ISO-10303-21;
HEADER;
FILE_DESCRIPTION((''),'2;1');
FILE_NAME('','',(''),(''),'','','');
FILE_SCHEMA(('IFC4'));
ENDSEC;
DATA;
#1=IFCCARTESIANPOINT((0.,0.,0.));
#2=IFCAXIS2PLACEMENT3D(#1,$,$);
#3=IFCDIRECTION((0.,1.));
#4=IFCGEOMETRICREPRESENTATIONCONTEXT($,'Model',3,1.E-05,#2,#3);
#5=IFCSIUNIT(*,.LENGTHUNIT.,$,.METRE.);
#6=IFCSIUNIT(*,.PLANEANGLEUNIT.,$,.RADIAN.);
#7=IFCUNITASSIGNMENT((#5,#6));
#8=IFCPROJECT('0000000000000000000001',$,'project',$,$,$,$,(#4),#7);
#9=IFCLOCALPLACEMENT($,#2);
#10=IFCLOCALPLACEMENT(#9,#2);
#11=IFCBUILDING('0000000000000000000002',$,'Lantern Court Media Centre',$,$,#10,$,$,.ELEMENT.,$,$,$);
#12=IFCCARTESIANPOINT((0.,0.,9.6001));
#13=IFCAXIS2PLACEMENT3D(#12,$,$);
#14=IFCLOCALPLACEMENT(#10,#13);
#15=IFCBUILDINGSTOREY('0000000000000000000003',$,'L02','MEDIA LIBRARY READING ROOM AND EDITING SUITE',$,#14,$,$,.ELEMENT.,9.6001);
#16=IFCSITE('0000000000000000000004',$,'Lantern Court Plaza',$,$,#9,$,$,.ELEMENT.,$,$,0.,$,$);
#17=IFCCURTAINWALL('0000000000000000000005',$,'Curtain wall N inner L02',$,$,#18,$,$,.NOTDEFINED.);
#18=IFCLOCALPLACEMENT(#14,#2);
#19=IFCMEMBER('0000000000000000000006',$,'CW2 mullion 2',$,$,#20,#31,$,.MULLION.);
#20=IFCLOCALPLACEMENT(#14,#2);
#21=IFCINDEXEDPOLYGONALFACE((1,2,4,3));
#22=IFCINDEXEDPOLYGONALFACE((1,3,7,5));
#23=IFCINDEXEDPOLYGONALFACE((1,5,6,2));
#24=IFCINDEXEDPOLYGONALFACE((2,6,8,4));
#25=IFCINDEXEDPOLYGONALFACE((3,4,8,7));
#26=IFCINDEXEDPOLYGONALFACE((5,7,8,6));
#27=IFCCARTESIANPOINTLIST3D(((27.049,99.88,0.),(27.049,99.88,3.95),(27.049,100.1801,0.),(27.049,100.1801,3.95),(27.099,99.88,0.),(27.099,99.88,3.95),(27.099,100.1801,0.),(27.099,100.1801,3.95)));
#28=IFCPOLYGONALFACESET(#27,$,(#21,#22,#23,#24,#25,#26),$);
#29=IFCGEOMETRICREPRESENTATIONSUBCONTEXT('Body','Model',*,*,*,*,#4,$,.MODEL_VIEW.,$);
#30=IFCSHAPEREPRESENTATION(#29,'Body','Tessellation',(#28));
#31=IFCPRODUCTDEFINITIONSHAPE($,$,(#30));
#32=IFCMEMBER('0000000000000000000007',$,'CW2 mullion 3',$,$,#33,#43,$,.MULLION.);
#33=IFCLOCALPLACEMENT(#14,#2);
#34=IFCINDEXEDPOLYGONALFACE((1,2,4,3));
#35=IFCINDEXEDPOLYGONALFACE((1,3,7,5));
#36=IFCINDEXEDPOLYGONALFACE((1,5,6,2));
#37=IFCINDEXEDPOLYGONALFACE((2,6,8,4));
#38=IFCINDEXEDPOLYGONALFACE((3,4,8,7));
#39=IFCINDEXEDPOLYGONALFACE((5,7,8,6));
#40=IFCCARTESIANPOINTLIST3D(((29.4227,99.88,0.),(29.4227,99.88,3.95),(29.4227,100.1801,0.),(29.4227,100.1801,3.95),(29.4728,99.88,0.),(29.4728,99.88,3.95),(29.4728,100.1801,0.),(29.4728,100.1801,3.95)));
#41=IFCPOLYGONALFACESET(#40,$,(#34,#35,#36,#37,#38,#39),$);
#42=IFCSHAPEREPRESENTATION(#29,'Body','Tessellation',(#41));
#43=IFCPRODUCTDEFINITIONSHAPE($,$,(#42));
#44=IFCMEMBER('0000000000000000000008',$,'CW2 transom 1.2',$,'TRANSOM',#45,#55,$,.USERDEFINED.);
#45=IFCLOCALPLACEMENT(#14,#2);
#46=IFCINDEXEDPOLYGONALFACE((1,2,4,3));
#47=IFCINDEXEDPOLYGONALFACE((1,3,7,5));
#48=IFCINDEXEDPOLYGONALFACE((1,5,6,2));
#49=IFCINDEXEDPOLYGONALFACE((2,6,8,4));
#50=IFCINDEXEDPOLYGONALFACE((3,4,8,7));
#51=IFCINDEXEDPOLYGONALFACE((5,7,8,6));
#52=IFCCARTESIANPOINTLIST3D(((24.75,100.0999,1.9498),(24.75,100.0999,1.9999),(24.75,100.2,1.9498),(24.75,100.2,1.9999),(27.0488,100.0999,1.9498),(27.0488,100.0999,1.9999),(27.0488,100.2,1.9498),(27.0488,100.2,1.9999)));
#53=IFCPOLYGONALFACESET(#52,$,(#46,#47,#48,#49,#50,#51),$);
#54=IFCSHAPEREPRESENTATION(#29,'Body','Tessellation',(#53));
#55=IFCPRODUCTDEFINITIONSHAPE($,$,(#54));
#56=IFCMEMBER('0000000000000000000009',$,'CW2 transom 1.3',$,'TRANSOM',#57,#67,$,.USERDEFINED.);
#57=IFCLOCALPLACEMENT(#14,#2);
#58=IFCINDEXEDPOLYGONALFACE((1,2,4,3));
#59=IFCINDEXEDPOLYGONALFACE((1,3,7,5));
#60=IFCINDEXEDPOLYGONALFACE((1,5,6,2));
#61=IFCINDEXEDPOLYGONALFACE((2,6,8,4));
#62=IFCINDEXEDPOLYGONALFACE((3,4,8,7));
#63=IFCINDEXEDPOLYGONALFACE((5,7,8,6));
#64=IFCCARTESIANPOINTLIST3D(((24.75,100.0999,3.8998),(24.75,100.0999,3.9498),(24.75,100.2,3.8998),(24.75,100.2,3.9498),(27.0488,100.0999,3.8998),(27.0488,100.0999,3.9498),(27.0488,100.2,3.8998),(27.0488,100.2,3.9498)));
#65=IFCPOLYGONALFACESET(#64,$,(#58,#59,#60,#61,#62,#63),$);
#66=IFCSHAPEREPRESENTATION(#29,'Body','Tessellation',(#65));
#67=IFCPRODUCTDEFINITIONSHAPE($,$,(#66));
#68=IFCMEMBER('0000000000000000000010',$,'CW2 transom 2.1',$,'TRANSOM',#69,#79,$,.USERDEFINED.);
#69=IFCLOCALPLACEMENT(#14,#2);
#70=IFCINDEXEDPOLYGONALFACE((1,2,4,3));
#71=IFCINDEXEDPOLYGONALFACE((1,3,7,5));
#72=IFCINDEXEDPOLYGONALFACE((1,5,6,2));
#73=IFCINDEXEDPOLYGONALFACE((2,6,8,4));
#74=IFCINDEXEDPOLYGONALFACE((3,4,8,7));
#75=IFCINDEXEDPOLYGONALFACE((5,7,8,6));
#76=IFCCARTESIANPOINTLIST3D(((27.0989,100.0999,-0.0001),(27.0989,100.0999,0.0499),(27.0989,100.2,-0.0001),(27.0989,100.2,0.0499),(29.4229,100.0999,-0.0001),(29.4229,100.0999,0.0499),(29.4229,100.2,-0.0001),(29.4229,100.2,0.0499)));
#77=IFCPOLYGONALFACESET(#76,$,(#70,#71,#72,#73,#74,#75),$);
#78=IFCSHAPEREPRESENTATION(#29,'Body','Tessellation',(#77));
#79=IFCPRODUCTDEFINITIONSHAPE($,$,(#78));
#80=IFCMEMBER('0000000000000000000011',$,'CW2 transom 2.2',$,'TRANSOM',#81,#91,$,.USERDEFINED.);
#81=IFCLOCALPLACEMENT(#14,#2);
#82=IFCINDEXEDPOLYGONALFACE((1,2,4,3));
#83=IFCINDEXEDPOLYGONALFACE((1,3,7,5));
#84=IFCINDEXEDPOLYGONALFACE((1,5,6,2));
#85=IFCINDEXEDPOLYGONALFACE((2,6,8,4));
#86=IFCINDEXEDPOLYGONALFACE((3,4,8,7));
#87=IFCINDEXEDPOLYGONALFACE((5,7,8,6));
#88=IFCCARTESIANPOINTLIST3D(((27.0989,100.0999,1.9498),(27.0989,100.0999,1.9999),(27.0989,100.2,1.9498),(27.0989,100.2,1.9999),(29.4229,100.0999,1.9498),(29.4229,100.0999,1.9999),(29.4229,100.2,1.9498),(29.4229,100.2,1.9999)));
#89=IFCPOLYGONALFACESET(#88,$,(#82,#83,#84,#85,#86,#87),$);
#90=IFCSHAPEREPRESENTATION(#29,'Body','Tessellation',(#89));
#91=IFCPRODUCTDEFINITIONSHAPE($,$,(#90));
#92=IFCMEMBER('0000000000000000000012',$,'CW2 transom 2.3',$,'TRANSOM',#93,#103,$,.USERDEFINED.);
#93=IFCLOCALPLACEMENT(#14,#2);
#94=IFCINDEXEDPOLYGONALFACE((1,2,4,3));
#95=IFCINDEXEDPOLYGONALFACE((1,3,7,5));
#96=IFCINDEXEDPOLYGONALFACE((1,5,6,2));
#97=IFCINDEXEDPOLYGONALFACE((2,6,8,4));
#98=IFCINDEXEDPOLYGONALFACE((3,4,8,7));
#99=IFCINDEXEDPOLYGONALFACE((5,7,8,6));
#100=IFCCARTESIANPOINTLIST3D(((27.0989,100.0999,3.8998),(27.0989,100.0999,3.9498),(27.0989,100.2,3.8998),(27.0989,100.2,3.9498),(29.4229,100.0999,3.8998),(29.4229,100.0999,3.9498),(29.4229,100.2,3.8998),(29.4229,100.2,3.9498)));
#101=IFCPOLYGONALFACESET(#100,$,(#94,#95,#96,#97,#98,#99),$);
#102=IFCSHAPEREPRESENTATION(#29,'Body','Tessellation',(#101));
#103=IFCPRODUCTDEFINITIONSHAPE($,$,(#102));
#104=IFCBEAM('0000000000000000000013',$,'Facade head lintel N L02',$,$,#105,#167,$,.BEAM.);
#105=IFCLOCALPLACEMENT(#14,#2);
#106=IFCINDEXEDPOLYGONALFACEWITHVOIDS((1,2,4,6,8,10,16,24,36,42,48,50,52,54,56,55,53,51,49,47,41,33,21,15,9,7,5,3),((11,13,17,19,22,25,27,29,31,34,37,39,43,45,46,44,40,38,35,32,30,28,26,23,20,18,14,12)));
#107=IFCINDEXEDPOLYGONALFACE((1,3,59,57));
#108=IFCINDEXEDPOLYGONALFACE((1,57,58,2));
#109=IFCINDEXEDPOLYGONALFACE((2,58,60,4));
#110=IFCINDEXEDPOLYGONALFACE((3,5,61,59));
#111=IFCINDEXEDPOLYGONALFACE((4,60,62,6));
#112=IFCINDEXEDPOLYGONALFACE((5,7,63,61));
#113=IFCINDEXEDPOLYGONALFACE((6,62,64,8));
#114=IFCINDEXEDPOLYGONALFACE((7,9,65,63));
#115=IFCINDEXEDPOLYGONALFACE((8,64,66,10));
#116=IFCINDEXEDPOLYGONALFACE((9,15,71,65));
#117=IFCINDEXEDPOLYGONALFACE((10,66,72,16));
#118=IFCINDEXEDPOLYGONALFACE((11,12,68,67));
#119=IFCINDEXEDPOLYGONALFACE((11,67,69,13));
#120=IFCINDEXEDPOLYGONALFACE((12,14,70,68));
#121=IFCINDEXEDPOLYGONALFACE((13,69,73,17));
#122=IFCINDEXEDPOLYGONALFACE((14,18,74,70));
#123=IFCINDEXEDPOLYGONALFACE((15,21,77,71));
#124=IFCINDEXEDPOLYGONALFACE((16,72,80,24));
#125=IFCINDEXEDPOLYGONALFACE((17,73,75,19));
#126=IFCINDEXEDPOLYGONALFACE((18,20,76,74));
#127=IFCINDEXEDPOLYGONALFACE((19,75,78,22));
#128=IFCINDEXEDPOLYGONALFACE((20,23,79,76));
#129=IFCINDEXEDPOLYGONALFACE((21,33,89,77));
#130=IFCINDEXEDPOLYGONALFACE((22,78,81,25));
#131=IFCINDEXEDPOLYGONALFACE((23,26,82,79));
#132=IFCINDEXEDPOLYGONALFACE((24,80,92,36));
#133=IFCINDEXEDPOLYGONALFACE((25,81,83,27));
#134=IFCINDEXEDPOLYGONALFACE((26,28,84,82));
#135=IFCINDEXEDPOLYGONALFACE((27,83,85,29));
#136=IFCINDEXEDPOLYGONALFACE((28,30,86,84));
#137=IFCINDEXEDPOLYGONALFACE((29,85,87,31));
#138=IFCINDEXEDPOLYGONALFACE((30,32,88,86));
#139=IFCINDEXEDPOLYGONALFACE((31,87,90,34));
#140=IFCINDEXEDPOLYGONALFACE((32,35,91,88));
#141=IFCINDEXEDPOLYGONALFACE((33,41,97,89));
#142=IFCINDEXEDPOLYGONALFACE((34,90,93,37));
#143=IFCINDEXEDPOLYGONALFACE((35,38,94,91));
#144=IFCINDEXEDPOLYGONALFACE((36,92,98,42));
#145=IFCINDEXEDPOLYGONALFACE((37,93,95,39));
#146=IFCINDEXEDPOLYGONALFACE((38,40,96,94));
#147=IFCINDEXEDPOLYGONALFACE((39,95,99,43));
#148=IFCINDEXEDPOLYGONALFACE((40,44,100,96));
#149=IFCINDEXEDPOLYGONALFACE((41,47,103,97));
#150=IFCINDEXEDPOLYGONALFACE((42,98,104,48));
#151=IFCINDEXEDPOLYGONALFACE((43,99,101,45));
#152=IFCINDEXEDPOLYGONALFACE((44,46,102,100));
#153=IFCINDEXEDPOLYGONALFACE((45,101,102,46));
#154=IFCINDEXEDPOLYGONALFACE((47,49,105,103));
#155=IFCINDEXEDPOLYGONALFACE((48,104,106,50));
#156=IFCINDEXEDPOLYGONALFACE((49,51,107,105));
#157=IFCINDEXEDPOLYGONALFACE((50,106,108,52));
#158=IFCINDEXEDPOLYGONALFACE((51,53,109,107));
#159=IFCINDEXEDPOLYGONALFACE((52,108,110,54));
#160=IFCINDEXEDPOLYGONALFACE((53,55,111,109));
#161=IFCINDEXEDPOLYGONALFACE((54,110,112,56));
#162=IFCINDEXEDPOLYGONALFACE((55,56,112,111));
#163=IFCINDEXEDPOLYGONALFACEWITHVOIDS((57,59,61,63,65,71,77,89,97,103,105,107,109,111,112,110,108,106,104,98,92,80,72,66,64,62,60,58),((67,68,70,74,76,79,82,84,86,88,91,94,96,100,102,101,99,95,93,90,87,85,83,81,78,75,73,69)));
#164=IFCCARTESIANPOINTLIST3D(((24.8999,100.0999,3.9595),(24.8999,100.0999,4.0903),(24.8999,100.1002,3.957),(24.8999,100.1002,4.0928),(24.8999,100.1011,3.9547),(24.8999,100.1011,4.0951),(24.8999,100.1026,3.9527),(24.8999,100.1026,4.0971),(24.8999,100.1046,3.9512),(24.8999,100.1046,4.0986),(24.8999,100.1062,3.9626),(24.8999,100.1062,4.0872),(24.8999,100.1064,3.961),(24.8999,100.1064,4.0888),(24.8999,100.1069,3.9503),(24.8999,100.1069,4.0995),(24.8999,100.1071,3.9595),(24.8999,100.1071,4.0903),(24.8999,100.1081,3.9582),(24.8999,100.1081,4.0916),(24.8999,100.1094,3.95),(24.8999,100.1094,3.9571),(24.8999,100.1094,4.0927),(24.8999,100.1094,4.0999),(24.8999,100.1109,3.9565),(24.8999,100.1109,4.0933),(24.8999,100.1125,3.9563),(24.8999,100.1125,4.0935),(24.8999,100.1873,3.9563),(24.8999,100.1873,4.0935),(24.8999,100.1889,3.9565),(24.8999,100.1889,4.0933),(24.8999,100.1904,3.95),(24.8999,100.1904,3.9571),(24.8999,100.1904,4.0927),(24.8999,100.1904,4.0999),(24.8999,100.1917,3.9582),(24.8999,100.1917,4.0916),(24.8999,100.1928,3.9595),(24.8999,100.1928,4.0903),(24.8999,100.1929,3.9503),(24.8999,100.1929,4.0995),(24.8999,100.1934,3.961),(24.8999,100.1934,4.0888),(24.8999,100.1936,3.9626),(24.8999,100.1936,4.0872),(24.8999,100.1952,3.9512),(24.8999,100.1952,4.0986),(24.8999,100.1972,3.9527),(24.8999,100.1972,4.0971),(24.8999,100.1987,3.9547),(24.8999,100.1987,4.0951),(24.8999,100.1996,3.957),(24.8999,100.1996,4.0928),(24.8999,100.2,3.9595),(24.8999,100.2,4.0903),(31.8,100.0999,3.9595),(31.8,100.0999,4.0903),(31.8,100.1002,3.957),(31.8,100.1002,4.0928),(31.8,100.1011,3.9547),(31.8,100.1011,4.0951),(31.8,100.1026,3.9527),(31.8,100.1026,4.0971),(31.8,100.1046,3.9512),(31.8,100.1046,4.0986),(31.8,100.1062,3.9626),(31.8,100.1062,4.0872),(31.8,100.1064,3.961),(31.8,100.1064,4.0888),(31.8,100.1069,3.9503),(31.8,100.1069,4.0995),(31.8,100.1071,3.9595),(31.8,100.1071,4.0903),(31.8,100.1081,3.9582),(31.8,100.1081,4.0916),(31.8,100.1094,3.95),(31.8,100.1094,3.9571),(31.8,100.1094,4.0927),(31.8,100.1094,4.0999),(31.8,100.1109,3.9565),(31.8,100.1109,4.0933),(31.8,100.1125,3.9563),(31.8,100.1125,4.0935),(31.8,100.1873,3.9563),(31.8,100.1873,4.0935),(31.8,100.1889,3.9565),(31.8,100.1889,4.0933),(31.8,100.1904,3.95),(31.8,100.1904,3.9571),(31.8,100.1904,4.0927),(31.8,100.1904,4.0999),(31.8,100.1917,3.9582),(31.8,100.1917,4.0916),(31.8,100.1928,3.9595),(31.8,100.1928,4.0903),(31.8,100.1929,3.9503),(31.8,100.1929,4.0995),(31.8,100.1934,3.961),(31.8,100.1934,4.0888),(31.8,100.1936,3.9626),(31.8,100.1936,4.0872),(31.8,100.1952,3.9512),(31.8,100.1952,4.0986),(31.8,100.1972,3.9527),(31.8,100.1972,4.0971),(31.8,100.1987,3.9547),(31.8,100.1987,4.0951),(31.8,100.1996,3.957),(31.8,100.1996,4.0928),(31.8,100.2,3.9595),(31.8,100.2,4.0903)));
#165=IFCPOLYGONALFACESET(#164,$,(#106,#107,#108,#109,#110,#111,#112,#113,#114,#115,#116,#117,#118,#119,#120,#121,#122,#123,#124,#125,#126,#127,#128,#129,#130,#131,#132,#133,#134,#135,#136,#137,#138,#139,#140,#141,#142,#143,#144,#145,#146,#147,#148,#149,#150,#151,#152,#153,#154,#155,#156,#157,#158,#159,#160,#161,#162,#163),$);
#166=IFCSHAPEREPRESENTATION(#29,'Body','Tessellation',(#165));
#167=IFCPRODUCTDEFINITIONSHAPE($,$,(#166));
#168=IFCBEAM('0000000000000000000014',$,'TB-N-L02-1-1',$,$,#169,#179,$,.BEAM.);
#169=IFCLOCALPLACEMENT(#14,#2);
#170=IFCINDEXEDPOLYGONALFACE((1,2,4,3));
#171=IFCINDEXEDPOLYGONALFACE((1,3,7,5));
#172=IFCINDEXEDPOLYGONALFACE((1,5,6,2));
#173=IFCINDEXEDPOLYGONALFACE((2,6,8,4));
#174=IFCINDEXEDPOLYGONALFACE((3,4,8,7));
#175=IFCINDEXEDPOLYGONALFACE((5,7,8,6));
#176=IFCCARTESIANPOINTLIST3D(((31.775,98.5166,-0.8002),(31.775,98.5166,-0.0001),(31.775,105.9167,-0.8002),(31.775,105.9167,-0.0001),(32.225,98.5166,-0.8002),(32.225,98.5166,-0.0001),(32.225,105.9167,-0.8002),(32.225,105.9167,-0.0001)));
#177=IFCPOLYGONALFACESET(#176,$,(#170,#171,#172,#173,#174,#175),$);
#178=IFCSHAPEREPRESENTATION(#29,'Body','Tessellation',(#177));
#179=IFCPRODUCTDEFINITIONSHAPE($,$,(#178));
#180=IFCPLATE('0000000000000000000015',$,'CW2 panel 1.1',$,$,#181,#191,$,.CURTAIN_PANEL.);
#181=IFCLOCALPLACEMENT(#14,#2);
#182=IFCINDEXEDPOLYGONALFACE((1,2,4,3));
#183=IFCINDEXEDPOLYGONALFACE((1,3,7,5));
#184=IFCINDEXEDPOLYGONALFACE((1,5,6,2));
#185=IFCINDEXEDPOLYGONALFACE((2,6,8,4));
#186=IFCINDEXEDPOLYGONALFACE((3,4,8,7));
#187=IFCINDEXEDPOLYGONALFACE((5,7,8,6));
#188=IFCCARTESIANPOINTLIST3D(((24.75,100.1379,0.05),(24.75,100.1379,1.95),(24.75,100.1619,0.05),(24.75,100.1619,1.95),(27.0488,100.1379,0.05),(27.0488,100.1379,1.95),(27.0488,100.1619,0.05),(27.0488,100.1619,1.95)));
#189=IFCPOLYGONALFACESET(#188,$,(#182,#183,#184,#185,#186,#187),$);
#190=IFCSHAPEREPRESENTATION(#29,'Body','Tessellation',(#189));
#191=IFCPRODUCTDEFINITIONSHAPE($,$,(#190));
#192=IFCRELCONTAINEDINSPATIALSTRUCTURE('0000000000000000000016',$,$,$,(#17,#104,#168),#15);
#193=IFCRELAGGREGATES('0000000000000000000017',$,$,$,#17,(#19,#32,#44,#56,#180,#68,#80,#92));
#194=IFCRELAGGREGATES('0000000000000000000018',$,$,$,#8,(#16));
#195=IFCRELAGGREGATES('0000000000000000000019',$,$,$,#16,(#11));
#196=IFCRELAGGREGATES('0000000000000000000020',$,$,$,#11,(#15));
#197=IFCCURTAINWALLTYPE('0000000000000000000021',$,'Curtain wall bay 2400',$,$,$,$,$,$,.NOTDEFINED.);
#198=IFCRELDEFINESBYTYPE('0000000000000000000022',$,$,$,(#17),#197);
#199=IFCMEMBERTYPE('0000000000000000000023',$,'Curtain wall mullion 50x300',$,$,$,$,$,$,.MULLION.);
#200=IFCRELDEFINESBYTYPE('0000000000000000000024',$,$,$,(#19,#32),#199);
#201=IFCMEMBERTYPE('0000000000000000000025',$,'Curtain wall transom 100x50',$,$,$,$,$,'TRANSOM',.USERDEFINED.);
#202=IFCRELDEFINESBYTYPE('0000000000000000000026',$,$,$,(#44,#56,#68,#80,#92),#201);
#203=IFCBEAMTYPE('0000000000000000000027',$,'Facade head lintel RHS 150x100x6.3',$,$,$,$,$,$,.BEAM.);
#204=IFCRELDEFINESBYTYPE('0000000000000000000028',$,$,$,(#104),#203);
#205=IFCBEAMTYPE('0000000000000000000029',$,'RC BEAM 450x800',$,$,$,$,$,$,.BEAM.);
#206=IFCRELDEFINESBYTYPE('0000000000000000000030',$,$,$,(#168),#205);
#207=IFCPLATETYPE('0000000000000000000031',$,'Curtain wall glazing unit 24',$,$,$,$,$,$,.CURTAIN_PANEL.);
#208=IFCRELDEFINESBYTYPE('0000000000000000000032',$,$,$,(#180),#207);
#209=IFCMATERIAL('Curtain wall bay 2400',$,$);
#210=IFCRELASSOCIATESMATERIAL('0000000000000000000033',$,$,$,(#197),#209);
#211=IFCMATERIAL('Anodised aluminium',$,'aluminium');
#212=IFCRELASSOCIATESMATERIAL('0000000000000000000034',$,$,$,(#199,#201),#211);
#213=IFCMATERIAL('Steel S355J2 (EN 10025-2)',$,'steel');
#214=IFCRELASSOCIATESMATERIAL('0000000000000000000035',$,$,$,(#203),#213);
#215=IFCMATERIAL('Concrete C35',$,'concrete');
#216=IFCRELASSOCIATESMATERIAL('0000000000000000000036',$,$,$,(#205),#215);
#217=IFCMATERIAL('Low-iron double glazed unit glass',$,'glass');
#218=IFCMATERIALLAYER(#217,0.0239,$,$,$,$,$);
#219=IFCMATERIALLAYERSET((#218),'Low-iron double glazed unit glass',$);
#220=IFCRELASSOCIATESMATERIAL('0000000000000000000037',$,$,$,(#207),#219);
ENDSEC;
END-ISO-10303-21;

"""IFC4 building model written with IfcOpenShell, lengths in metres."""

from ifc_helpers import new_model, si_unit, direction, frame, origin, origin_2d, place, context, subcontext, project, spatial, rectangle, hollow_rectangle, extrude, material, layer, layer_set, material_profile, profile_set, type_object, element, aggregate, save


model = new_model("IFC4")

# Units and contexts
model_context = context("Model", 3, precision=1e-05, world=origin(), true_north=direction((0.0, 1.0)))
body_context = subcontext(model_context, "Body", "Model", "MODEL_VIEW")
ifc_project = project(units=[si_unit("LENGTHUNIT", "METRE"), si_unit("PLANEANGLEUNIT", "RADIAN")], contexts=[model_context])

# Site, building, storey
site_placement = place(None, origin())
site = spatial("IfcSite", under=ifc_project, at=site_placement, Name="Lantern Court Plaza", CompositionType="ELEMENT", RefElevation=0.0)
building_placement = place(site_placement, origin())
building = spatial("IfcBuilding", under=site, at=building_placement, Name="Lantern Court Media Centre", CompositionType="ELEMENT")
storey_placement = place(building_placement, frame((0.0, 0.0, 9.6001)))
storey = spatial("IfcBuildingStorey", under=building, at=storey_placement, Name="L02", Description="MEDIA LIBRARY READING ROOM AND EDITING SUITE", CompositionType="ELEMENT", Elevation=9.6001)

# Curtain wall, members
ifc_material_1 = material(Name="Curtain wall bay 2400")
curtain_wall_type = type_object("IfcCurtainWallType", Name="Curtain wall bay 2400", PredefinedType="NOTDEFINED", material=ifc_material_1)
curtain_wall_placement = place(storey_placement, origin())
curtain_wall = element("IfcCurtainWall", 1, at=curtain_wall_placement, inside=storey, type_object=curtain_wall_type, Name="Curtain wall N inner L02", PredefinedType="NOTDEFINED")
ifc_material_2 = material(Name="Anodised aluminium", Category="aluminium")
ifc_material_profile_1 = material_profile(ifc_material_2, rectangle(XDim=0.3, YDim=0.05, at=origin_2d()), Name="AL 50x300")
ifc_profile_set_1 = profile_set([ifc_material_profile_1], Name="Anodised aluminium")
member_type_1 = type_object("IfcMemberType", Name="Curtain wall mullion 50x300", PredefinedType="MULLION", material=ifc_profile_set_1)
member_1_placement = place(storey_placement, frame((27.074, 100.03, 0.0), z_axis=(0.0, 0.0, 1.0), x_axis=(0.0, 1.0, 0.0)))
member_1 = element("IfcMember", 2, at=member_1_placement, type_object=member_type_1, Name="CW2 mullion 2", PredefinedType="MULLION", context=body_context, shape_type="SweptSolid", body=[
    extrude(rectangle(XDim=0.3, YDim=0.05, at=origin_2d()), origin(), (0.0, 0.0, 1.0), 3.95),
])
member_2_placement = place(storey_placement, frame((29.4478, 100.03, 0.0), z_axis=(0.0, 0.0, 1.0), x_axis=(0.0, 1.0, 0.0)))
member_2 = element("IfcMember", 3, at=member_2_placement, type_object=member_type_1, Name="CW2 mullion 3", PredefinedType="MULLION", context=body_context, shape_type="SweptSolid", body=[
    extrude(rectangle(XDim=0.3, YDim=0.05, at=origin_2d()), origin(), (0.0, 0.0, 1.0), 3.95),
])
ifc_material_profile_2 = material_profile(ifc_material_2, rectangle(XDim=0.1001, YDim=0.05, at=origin_2d()), Name="AL 50x100")
ifc_profile_set_2 = profile_set([ifc_material_profile_2], Name="Anodised aluminium")
member_type_2 = type_object("IfcMemberType", Name="Curtain wall transom 100x50", ElementType="TRANSOM", PredefinedType="USERDEFINED", material=ifc_profile_set_2)
member_3_placement = place(storey_placement, frame((24.75, 100.1499, 1.9749), z_axis=(1.0, 0.0, 0.0), x_axis=(0.0, 1.0, 0.0)))
member_3 = element("IfcMember", 4, at=member_3_placement, type_object=member_type_2, Name="CW2 transom 1.2", ObjectType="TRANSOM", PredefinedType="USERDEFINED", context=body_context, shape_type="SweptSolid", body=[
    extrude(rectangle(XDim=0.1001, YDim=0.05, at=origin_2d()), origin(), (0.0, 0.0, 1.0), 2.2988),
])
member_4_placement = place(storey_placement, frame((24.75, 100.1499, 3.9248), z_axis=(1.0, 0.0, 0.0), x_axis=(0.0, 1.0, 0.0)))
member_4 = element("IfcMember", 5, at=member_4_placement, type_object=member_type_2, Name="CW2 transom 1.3", ObjectType="TRANSOM", PredefinedType="USERDEFINED", context=body_context, shape_type="SweptSolid", body=[
    extrude(rectangle(XDim=0.1001, YDim=0.05, at=origin_2d()), origin(), (0.0, 0.0, 1.0), 2.2988),
])
member_5_placement = place(storey_placement, frame((27.0989, 100.1499, 0.0249), z_axis=(1.0, 0.0, 0.0), x_axis=(0.0, 1.0, 0.0)))
member_5 = element("IfcMember", 6, at=member_5_placement, type_object=member_type_2, Name="CW2 transom 2.1", ObjectType="TRANSOM", PredefinedType="USERDEFINED", context=body_context, shape_type="SweptSolid", body=[
    extrude(rectangle(XDim=0.1001, YDim=0.05, at=origin_2d()), origin(), (0.0, 0.0, 1.0), 2.324),
])
member_6_placement = place(storey_placement, frame((27.0989, 100.1499, 1.9749), z_axis=(1.0, 0.0, 0.0), x_axis=(0.0, 1.0, 0.0)))
member_6 = element("IfcMember", 7, at=member_6_placement, type_object=member_type_2, Name="CW2 transom 2.2", ObjectType="TRANSOM", PredefinedType="USERDEFINED", context=body_context, shape_type="SweptSolid", body=[
    extrude(rectangle(XDim=0.1001, YDim=0.05, at=origin_2d()), origin(), (0.0, 0.0, 1.0), 2.324),
])
member_7_placement = place(storey_placement, frame((27.0989, 100.1499, 3.9248), z_axis=(1.0, 0.0, 0.0), x_axis=(0.0, 1.0, 0.0)))
member_7 = element("IfcMember", 8, at=member_7_placement, type_object=member_type_2, Name="CW2 transom 2.3", ObjectType="TRANSOM", PredefinedType="USERDEFINED", context=body_context, shape_type="SweptSolid", body=[
    extrude(rectangle(XDim=0.1001, YDim=0.05, at=origin_2d()), origin(), (0.0, 0.0, 1.0), 2.324),
])

# Beams
ifc_material_3 = material(Name="Steel S355J2 (EN 10025-2)", Category="steel")
ifc_material_profile_3 = material_profile(ifc_material_3, hollow_rectangle(XDim=0.1001, YDim=0.1499, WallThickness=0.0063, InnerFilletRadius=0.0063, OuterFilletRadius=0.0095, at=origin_2d()), Name="Facade head lintel RHS 150x100x6.3")
ifc_profile_set_3 = profile_set([ifc_material_profile_3], Name="Steel S355J2 (EN 10025-2)")
beam_type_1 = type_object("IfcBeamType", Name="Facade head lintel RHS 150x100x6.3", PredefinedType="BEAM", material=ifc_profile_set_3)
beam_1_placement = place(storey_placement, frame((24.8999, 100.1499, 4.0249), z_axis=(1.0, 0.0, 0.0), x_axis=(0.0, 1.0, 0.0)))
element("IfcBeam", 9, at=beam_1_placement, inside=storey, type_object=beam_type_1, Name="Facade head lintel N L02", PredefinedType="BEAM", context=body_context, shape_type="SweptSolid", body=[
    extrude(hollow_rectangle(XDim=0.1001, YDim=0.1499, WallThickness=0.0063, InnerFilletRadius=0.0063, OuterFilletRadius=0.0095, at=origin_2d()), origin(), (0.0, 0.0, 1.0), 6.9001),
])
ifc_material_4 = material(Name="Concrete C35", Category="concrete")
ifc_material_profile_4 = material_profile(ifc_material_4, rectangle(XDim=0.45, YDim=0.8, at=origin_2d()), Name="RC 450x800")
ifc_profile_set_4 = profile_set([ifc_material_profile_4], Name="Concrete C35")
beam_type_2 = type_object("IfcBeamType", Name="RC BEAM 450x800", PredefinedType="BEAM", material=ifc_profile_set_4)
beam_2_placement = place(storey_placement, frame((32.0, 98.5166, -0.4001), z_axis=(0.0, 1.0, 0.0), x_axis=(-1.0, 0.0, 0.0)))
element("IfcBeam", 10, at=beam_2_placement, inside=storey, type_object=beam_type_2, Name="TB-N-L02-1-1", PredefinedType="BEAM", context=body_context, shape_type="SweptSolid", body=[
    extrude(rectangle(XDim=0.45, YDim=0.8, at=origin_2d()), origin(), (0.0, 0.0, 1.0), 7.4001),
])

# Plate
ifc_material_5 = material(Name="Low-iron double glazed unit glass", Category="glass")
ifc_layer_1 = layer(ifc_material_5, 0.0239)
ifc_layer_set_1 = layer_set([ifc_layer_1], Name="Low-iron double glazed unit glass")
plate_type = type_object("IfcPlateType", Name="Curtain wall glazing unit 24", PredefinedType="CURTAIN_PANEL", material=ifc_layer_set_1)
plate_1_placement = place(storey_placement, frame((25.8994, 100.1499, 0.05), z_axis=(0.0, 0.0, 1.0), x_axis=(1.0, 0.0, 0.0)))
plate_1 = element("IfcPlate", 11, at=plate_1_placement, type_object=plate_type, Name="CW2 panel 1.1", PredefinedType="CURTAIN_PANEL", context=body_context, shape_type="SweptSolid", body=[
    extrude(rectangle(XDim=2.2988, YDim=0.0239, at=origin_2d()), origin(), (0.0, 0.0, 1.0), 1.8999),
])
aggregate(curtain_wall, [member_1, member_2, member_3, member_4, plate_1, member_5, member_6, member_7])

save(model, "model.ifc")
